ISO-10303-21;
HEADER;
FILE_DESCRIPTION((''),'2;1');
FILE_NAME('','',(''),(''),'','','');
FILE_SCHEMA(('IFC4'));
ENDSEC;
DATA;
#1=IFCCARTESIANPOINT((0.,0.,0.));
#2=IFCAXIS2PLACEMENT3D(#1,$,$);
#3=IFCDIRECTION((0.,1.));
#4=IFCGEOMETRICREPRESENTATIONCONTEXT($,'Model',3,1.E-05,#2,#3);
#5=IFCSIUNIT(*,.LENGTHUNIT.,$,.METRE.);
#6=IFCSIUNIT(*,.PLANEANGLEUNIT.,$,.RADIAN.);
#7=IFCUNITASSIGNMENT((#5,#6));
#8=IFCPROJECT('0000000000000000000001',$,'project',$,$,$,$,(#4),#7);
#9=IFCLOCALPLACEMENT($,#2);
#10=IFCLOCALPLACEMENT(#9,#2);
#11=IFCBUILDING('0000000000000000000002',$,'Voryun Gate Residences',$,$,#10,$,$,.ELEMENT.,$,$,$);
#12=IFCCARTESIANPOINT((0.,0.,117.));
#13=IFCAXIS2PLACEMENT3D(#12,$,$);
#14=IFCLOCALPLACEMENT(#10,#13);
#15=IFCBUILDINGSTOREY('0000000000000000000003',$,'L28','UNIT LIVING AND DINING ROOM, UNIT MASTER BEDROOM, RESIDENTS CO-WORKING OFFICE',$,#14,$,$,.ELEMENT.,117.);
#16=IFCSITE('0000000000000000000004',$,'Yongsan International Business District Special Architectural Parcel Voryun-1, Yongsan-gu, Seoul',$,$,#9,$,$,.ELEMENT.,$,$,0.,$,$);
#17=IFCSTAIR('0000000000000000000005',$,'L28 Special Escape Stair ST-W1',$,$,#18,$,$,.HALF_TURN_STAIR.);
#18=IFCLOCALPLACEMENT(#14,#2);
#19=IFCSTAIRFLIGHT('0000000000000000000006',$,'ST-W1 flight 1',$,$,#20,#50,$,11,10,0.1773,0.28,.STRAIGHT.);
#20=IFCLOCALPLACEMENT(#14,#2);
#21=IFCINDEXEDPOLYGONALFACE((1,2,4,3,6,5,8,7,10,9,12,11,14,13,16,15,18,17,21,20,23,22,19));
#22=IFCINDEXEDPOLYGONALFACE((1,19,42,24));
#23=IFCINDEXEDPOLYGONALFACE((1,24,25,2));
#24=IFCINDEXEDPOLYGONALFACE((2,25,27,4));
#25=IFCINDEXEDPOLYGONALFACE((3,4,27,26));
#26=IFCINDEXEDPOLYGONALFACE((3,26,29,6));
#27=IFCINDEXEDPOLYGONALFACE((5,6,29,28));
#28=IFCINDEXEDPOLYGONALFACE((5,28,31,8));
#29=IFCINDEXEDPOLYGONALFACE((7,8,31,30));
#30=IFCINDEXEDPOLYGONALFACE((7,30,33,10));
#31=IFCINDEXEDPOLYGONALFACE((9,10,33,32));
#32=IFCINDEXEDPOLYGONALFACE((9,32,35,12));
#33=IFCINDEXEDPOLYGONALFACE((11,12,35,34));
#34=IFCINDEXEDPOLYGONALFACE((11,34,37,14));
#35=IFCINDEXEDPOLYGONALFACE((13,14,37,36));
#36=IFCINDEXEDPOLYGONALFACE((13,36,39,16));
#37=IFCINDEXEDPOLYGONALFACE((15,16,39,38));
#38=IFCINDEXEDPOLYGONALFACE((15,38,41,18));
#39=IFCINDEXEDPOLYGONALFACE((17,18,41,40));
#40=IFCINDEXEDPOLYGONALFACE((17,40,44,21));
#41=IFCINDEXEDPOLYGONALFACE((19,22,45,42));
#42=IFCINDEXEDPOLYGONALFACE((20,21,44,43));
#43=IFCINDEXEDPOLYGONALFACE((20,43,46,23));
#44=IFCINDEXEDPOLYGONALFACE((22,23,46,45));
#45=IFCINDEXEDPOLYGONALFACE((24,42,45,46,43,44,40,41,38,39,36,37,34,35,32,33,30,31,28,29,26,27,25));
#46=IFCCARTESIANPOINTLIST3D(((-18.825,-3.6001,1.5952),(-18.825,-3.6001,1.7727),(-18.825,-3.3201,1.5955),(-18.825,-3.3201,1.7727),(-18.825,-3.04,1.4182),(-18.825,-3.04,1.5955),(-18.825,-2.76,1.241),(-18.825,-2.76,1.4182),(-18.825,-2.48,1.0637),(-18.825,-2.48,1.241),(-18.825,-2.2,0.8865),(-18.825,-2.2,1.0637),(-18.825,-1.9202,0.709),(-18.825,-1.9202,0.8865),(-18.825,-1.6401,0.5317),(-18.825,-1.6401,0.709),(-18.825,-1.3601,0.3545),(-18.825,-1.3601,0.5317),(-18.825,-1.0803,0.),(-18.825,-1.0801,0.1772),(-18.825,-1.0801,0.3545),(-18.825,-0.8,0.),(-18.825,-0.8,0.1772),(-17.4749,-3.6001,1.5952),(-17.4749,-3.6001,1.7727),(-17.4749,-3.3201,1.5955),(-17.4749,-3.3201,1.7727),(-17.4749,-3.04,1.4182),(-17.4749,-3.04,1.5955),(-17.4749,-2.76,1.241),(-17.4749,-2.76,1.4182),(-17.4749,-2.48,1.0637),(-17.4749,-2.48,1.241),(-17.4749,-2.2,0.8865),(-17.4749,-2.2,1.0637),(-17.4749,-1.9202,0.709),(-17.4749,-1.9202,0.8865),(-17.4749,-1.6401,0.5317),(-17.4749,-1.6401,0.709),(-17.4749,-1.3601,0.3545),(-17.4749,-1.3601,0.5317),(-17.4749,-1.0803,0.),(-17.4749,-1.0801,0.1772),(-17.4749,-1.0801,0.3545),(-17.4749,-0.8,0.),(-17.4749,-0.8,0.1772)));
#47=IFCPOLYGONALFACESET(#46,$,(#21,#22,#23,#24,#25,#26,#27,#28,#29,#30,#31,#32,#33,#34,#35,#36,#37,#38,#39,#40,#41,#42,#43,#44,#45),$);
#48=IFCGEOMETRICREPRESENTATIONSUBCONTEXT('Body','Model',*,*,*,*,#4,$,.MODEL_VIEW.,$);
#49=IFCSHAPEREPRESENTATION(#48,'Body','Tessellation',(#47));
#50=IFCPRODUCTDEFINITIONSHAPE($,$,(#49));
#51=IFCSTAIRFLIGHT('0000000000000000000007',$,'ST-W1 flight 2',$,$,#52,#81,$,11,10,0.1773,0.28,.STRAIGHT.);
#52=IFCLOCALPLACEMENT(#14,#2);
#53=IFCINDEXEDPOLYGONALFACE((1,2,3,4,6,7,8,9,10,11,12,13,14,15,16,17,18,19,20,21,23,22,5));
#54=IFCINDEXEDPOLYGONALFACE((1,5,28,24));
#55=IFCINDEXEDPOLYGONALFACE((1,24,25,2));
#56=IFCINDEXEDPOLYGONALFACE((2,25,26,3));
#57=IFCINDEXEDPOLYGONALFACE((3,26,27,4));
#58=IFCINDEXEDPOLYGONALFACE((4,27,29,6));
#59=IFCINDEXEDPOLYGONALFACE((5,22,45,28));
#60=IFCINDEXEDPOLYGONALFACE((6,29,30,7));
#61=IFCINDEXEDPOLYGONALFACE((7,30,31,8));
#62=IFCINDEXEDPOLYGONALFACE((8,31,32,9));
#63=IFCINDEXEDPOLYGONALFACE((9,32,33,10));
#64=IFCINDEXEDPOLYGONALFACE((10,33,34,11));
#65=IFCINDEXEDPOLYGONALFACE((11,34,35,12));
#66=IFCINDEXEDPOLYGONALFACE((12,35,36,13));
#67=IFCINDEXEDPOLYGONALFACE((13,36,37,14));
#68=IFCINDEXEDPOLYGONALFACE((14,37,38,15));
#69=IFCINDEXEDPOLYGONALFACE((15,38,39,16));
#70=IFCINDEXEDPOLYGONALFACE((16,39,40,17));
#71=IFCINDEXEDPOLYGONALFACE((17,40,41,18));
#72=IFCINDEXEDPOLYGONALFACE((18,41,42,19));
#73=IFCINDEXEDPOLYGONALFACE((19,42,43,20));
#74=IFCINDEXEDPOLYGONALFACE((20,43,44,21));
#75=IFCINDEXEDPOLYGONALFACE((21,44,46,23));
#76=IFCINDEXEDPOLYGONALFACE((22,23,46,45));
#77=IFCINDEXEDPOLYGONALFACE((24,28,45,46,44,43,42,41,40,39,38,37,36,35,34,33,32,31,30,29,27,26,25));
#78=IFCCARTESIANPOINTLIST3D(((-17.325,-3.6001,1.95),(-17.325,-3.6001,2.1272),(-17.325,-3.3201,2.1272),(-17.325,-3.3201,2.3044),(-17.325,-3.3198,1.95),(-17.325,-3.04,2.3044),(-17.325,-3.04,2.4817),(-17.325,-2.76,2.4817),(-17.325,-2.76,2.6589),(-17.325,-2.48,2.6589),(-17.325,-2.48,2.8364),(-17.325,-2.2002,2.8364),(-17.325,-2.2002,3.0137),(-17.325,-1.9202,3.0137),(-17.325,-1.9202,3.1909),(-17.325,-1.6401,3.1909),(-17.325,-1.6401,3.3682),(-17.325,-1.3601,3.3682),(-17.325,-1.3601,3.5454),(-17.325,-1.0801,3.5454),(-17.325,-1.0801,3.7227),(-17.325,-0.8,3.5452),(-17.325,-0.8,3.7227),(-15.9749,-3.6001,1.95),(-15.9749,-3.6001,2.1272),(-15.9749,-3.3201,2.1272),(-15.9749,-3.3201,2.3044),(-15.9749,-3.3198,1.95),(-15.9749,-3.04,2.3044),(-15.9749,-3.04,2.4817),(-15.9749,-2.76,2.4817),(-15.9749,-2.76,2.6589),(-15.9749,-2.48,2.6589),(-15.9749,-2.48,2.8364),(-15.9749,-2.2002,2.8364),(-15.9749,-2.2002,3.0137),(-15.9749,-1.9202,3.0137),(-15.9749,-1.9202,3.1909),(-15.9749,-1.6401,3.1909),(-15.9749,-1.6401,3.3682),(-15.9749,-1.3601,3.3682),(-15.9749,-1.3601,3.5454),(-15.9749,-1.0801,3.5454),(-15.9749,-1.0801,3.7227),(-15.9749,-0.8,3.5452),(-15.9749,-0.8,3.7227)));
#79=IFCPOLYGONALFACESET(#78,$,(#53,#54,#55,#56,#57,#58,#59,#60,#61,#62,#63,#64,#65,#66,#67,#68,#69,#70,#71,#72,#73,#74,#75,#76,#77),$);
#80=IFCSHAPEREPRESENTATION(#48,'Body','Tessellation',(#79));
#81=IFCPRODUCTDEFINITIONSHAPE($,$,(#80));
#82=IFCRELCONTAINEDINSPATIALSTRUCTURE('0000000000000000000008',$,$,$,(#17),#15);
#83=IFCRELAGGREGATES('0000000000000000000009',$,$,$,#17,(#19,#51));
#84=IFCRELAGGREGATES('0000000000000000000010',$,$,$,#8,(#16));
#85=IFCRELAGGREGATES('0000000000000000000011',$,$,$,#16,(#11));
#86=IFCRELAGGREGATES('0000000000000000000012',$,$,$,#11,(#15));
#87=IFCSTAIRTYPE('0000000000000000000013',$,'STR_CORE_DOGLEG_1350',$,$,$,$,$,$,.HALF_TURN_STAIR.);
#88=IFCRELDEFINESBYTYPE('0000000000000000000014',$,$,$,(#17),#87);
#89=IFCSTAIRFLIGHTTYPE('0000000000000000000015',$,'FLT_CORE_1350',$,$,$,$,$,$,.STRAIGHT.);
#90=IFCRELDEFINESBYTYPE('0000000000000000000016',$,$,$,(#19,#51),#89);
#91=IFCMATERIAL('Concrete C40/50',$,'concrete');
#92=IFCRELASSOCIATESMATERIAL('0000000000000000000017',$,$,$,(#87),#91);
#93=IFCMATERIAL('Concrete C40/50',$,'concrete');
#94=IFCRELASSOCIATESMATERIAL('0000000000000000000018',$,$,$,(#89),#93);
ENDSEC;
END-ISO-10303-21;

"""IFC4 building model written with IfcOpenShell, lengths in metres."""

from ifc_helpers import new_model, si_unit, direction, frame, origin, place, context, subcontext, project, spatial, polyline, outline, extrude, material, type_object, element, aggregate, save


model = new_model("IFC4")

# Units and contexts
model_context = context("Model", 3, precision=1e-05, world=origin(), true_north=direction((0.0, 1.0)))
body_context = subcontext(model_context, "Body", "Model", "MODEL_VIEW")
ifc_project = project(units=[si_unit("LENGTHUNIT", "METRE"), si_unit("PLANEANGLEUNIT", "RADIAN")], contexts=[model_context])

# Site, building, storey
site_placement = place(None, origin())
site = spatial("IfcSite", under=ifc_project, at=site_placement, Name="Yongsan International Business District Special Architectural Parcel Voryun-1, Yongsan-gu, Seoul", CompositionType="ELEMENT", RefElevation=0.0)
building_placement = place(site_placement, origin())
building = spatial("IfcBuilding", under=site, at=building_placement, Name="Voryun Gate Residences", CompositionType="ELEMENT")
storey_placement = place(building_placement, frame((0.0, 0.0, 117.0)))
storey = spatial("IfcBuildingStorey", under=building, at=storey_placement, Name="L28", Description="UNIT LIVING AND DINING ROOM, UNIT MASTER BEDROOM, RESIDENTS CO-WORKING OFFICE", CompositionType="ELEMENT", Elevation=117.0)

# Stair, stair flights
ifc_material_1 = material(Name="Concrete C40/50", Category="concrete")
stair_type = type_object("IfcStairType", Name="STR_CORE_DOGLEG_1350", PredefinedType="HALF_TURN_STAIR", material=ifc_material_1)
stair_placement = place(storey_placement, origin())
stair = element("IfcStair", 1, at=stair_placement, inside=storey, type_object=stair_type, Name="L28 Special Escape Stair ST-W1", PredefinedType="HALF_TURN_STAIR")
ifc_material_2 = material(Name="Concrete C40/50", Category="concrete")
stair_flight_type = type_object("IfcStairFlightType", Name="FLT_CORE_1350", PredefinedType="STRAIGHT", material=ifc_material_2)
stair_flight_1_placement = place(storey_placement, frame((-18.1499, -0.8, 0.0), z_axis=(0.0, 0.0, 1.0), x_axis=(0.0, -1.0, 0.0)))
stair_flight_1 = element("IfcStairFlight", 2, at=stair_flight_1_placement, type_object=stair_flight_type, Name="ST-W1 flight 1", NumberOfRisers=11, NumberOfTreads=10, PredefinedType="STRAIGHT", RiserHeight=0.1773, TreadLength=0.28, context=body_context, shape_type="SweptSolid", body=[
    extrude(outline(polyline([(0.0, 0.0), (0.0, 0.1772), (0.28, 0.1772), (0.28, 0.3545), (0.5601, 0.3545), (0.5601, 0.5317), (0.8401, 0.5317), (0.8401, 0.709), (1.1201, 0.709), (1.1201, 0.8865), (1.3999, 0.8865), (1.3999, 1.0637), (1.6799, 1.0637), (1.6799, 1.241), (1.96, 1.241), (1.96, 1.4182), (2.24, 1.4182), (2.24, 1.5955), (2.52, 1.5955), (2.52, 1.7727), (2.8, 1.7727), (2.8, 1.95), (2.8, 1.5952), (0.2803, 0.0), (0.0, 0.0)])), frame((0.0, 0.675, 0.0), z_axis=(0.0, -1.0, 0.0), x_axis=(1.0, 0.0, 0.0)), (0.0, 0.0, 1.0), 1.3501),
])
stair_flight_2_placement = place(storey_placement, frame((-16.6499, -3.6001, 1.95), z_axis=(0.0, 0.0, 1.0), x_axis=(0.0, 1.0, 0.0)))
stair_flight_2 = element("IfcStairFlight", 3, at=stair_flight_2_placement, type_object=stair_flight_type, Name="ST-W1 flight 2", NumberOfRisers=11, NumberOfTreads=10, PredefinedType="STRAIGHT", RiserHeight=0.1773, TreadLength=0.28, context=body_context, shape_type="SweptSolid", body=[
    extrude(outline(polyline([(0.0, 0.0), (0.0, 0.1772), (0.28, 0.1772), (0.28, 0.3545), (0.5601, 0.3545), (0.5601, 0.5317), (0.8401, 0.5317), (0.8401, 0.709), (1.1201, 0.709), (1.1201, 0.8865), (1.3999, 0.8865), (1.3999, 1.0637), (1.6799, 1.0637), (1.6799, 1.241), (1.96, 1.241), (1.96, 1.4182), (2.24, 1.4182), (2.24, 1.5955), (2.52, 1.5955), (2.52, 1.7727), (2.8, 1.7727), (2.8, 1.95), (2.8, 1.5952), (0.2803, 0.0), (0.0, 0.0)])), frame((0.0, 0.675, 0.0), z_axis=(0.0, -1.0, 0.0), x_axis=(1.0, 0.0, 0.0)), (0.0, 0.0, 1.0), 1.3501),
])
aggregate(stair, [stair_flight_1, stair_flight_2])

save(model, "model.ifc")
